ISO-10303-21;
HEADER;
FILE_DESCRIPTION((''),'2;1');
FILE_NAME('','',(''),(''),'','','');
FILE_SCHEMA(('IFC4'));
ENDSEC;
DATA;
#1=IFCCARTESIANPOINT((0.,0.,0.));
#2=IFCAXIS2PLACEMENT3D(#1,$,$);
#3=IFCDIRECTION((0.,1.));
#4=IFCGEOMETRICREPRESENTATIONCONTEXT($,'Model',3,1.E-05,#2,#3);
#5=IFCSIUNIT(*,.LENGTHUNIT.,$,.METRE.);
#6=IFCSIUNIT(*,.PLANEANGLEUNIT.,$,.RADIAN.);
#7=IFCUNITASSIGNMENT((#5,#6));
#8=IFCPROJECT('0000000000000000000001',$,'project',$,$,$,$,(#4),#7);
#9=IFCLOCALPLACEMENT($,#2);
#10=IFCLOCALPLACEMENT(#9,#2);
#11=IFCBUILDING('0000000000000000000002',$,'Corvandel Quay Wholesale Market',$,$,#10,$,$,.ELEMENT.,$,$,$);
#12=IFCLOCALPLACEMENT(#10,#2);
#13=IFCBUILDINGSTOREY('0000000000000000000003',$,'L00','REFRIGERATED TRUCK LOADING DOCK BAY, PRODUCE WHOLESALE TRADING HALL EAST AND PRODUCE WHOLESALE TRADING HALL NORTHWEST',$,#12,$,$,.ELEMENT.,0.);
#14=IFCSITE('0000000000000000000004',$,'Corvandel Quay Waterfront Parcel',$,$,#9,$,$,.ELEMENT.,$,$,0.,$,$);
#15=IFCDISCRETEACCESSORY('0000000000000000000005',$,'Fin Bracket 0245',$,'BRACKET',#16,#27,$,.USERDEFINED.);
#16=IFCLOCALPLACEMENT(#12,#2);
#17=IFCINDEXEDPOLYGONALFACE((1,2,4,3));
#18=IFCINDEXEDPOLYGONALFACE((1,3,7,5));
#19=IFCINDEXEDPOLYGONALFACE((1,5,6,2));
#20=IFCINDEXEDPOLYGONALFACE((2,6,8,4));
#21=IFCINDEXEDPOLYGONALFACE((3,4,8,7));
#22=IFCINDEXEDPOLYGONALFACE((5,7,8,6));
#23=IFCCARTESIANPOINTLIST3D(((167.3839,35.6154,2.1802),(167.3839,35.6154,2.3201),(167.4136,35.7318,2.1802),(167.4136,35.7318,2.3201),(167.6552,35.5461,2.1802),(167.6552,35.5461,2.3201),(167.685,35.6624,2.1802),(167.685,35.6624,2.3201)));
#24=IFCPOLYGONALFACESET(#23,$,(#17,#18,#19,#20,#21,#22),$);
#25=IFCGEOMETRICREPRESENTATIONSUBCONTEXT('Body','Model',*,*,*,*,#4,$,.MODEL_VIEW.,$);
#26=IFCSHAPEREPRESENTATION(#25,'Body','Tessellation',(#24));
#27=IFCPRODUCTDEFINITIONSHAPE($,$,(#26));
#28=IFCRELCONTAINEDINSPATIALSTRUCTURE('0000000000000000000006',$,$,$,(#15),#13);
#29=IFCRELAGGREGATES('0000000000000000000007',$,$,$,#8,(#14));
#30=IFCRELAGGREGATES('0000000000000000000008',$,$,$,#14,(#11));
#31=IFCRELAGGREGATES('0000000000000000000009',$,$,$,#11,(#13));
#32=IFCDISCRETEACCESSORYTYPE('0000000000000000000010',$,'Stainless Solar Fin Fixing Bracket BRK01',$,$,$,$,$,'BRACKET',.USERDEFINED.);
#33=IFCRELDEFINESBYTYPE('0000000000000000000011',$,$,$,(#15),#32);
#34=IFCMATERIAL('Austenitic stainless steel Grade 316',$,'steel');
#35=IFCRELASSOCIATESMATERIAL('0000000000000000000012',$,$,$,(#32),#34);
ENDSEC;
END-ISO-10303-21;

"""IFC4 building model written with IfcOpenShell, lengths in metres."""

from ifc_helpers import new_model, si_unit, direction, frame, origin, origin_2d, place, context, subcontext, project, spatial, rectangle, extrude, material, type_object, element, save


model = new_model("IFC4")

# Units and contexts
model_context = context("Model", 3, precision=1e-05, world=origin(), true_north=direction((0.0, 1.0)))
body_context = subcontext(model_context, "Body", "Model", "MODEL_VIEW")
ifc_project = project(units=[si_unit("LENGTHUNIT", "METRE"), si_unit("PLANEANGLEUNIT", "RADIAN")], contexts=[model_context])

# Site, building, storey
site_placement = place(None, origin())
site = spatial("IfcSite", under=ifc_project, at=site_placement, Name="Corvandel Quay Waterfront Parcel", CompositionType="ELEMENT", RefElevation=0.0)
building_placement = place(site_placement, origin())
building = spatial("IfcBuilding", under=site, at=building_placement, Name="Corvandel Quay Wholesale Market", CompositionType="ELEMENT")
storey_placement = place(building_placement, origin())
storey = spatial("IfcBuildingStorey", under=building, at=storey_placement, Name="L00", Description="REFRIGERATED TRUCK LOADING DOCK BAY, PRODUCE WHOLESALE TRADING HALL EAST AND PRODUCE WHOLESALE TRADING HALL NORTHWEST", CompositionType="ELEMENT", Elevation=0.0)

# Discrete accessory
ifc_material_1 = material(Name="Austenitic stainless steel Grade 316", Category="steel")
discrete_accessory_type = type_object("IfcDiscreteAccessoryType", Name="Stainless Solar Fin Fixing Bracket BRK01", ElementType="BRACKET", PredefinedType="USERDEFINED", material=ifc_material_1)
for number, where, z_axis, x_axis, name in (
    (1, (167.5344, 35.6389, 2.1802), (0.0, 0.0, 1.0), (-0.968843, 0.247675, 0.0), "Fin Bracket 0245"),
):
    element("IfcDiscreteAccessory", number, at=place(storey_placement, frame(where, z_axis=z_axis, x_axis=x_axis)), inside=storey, type_object=discrete_accessory_type, Name=name, ObjectType="BRACKET", PredefinedType="USERDEFINED", context=body_context, shape_type="SweptSolid", body=[
        extrude(rectangle(XDim=0.28, YDim=0.1201, at=origin_2d()), origin(), (0.0, 0.0, 1.0), 0.1399),
    ])

save(model, "model.ifc")
